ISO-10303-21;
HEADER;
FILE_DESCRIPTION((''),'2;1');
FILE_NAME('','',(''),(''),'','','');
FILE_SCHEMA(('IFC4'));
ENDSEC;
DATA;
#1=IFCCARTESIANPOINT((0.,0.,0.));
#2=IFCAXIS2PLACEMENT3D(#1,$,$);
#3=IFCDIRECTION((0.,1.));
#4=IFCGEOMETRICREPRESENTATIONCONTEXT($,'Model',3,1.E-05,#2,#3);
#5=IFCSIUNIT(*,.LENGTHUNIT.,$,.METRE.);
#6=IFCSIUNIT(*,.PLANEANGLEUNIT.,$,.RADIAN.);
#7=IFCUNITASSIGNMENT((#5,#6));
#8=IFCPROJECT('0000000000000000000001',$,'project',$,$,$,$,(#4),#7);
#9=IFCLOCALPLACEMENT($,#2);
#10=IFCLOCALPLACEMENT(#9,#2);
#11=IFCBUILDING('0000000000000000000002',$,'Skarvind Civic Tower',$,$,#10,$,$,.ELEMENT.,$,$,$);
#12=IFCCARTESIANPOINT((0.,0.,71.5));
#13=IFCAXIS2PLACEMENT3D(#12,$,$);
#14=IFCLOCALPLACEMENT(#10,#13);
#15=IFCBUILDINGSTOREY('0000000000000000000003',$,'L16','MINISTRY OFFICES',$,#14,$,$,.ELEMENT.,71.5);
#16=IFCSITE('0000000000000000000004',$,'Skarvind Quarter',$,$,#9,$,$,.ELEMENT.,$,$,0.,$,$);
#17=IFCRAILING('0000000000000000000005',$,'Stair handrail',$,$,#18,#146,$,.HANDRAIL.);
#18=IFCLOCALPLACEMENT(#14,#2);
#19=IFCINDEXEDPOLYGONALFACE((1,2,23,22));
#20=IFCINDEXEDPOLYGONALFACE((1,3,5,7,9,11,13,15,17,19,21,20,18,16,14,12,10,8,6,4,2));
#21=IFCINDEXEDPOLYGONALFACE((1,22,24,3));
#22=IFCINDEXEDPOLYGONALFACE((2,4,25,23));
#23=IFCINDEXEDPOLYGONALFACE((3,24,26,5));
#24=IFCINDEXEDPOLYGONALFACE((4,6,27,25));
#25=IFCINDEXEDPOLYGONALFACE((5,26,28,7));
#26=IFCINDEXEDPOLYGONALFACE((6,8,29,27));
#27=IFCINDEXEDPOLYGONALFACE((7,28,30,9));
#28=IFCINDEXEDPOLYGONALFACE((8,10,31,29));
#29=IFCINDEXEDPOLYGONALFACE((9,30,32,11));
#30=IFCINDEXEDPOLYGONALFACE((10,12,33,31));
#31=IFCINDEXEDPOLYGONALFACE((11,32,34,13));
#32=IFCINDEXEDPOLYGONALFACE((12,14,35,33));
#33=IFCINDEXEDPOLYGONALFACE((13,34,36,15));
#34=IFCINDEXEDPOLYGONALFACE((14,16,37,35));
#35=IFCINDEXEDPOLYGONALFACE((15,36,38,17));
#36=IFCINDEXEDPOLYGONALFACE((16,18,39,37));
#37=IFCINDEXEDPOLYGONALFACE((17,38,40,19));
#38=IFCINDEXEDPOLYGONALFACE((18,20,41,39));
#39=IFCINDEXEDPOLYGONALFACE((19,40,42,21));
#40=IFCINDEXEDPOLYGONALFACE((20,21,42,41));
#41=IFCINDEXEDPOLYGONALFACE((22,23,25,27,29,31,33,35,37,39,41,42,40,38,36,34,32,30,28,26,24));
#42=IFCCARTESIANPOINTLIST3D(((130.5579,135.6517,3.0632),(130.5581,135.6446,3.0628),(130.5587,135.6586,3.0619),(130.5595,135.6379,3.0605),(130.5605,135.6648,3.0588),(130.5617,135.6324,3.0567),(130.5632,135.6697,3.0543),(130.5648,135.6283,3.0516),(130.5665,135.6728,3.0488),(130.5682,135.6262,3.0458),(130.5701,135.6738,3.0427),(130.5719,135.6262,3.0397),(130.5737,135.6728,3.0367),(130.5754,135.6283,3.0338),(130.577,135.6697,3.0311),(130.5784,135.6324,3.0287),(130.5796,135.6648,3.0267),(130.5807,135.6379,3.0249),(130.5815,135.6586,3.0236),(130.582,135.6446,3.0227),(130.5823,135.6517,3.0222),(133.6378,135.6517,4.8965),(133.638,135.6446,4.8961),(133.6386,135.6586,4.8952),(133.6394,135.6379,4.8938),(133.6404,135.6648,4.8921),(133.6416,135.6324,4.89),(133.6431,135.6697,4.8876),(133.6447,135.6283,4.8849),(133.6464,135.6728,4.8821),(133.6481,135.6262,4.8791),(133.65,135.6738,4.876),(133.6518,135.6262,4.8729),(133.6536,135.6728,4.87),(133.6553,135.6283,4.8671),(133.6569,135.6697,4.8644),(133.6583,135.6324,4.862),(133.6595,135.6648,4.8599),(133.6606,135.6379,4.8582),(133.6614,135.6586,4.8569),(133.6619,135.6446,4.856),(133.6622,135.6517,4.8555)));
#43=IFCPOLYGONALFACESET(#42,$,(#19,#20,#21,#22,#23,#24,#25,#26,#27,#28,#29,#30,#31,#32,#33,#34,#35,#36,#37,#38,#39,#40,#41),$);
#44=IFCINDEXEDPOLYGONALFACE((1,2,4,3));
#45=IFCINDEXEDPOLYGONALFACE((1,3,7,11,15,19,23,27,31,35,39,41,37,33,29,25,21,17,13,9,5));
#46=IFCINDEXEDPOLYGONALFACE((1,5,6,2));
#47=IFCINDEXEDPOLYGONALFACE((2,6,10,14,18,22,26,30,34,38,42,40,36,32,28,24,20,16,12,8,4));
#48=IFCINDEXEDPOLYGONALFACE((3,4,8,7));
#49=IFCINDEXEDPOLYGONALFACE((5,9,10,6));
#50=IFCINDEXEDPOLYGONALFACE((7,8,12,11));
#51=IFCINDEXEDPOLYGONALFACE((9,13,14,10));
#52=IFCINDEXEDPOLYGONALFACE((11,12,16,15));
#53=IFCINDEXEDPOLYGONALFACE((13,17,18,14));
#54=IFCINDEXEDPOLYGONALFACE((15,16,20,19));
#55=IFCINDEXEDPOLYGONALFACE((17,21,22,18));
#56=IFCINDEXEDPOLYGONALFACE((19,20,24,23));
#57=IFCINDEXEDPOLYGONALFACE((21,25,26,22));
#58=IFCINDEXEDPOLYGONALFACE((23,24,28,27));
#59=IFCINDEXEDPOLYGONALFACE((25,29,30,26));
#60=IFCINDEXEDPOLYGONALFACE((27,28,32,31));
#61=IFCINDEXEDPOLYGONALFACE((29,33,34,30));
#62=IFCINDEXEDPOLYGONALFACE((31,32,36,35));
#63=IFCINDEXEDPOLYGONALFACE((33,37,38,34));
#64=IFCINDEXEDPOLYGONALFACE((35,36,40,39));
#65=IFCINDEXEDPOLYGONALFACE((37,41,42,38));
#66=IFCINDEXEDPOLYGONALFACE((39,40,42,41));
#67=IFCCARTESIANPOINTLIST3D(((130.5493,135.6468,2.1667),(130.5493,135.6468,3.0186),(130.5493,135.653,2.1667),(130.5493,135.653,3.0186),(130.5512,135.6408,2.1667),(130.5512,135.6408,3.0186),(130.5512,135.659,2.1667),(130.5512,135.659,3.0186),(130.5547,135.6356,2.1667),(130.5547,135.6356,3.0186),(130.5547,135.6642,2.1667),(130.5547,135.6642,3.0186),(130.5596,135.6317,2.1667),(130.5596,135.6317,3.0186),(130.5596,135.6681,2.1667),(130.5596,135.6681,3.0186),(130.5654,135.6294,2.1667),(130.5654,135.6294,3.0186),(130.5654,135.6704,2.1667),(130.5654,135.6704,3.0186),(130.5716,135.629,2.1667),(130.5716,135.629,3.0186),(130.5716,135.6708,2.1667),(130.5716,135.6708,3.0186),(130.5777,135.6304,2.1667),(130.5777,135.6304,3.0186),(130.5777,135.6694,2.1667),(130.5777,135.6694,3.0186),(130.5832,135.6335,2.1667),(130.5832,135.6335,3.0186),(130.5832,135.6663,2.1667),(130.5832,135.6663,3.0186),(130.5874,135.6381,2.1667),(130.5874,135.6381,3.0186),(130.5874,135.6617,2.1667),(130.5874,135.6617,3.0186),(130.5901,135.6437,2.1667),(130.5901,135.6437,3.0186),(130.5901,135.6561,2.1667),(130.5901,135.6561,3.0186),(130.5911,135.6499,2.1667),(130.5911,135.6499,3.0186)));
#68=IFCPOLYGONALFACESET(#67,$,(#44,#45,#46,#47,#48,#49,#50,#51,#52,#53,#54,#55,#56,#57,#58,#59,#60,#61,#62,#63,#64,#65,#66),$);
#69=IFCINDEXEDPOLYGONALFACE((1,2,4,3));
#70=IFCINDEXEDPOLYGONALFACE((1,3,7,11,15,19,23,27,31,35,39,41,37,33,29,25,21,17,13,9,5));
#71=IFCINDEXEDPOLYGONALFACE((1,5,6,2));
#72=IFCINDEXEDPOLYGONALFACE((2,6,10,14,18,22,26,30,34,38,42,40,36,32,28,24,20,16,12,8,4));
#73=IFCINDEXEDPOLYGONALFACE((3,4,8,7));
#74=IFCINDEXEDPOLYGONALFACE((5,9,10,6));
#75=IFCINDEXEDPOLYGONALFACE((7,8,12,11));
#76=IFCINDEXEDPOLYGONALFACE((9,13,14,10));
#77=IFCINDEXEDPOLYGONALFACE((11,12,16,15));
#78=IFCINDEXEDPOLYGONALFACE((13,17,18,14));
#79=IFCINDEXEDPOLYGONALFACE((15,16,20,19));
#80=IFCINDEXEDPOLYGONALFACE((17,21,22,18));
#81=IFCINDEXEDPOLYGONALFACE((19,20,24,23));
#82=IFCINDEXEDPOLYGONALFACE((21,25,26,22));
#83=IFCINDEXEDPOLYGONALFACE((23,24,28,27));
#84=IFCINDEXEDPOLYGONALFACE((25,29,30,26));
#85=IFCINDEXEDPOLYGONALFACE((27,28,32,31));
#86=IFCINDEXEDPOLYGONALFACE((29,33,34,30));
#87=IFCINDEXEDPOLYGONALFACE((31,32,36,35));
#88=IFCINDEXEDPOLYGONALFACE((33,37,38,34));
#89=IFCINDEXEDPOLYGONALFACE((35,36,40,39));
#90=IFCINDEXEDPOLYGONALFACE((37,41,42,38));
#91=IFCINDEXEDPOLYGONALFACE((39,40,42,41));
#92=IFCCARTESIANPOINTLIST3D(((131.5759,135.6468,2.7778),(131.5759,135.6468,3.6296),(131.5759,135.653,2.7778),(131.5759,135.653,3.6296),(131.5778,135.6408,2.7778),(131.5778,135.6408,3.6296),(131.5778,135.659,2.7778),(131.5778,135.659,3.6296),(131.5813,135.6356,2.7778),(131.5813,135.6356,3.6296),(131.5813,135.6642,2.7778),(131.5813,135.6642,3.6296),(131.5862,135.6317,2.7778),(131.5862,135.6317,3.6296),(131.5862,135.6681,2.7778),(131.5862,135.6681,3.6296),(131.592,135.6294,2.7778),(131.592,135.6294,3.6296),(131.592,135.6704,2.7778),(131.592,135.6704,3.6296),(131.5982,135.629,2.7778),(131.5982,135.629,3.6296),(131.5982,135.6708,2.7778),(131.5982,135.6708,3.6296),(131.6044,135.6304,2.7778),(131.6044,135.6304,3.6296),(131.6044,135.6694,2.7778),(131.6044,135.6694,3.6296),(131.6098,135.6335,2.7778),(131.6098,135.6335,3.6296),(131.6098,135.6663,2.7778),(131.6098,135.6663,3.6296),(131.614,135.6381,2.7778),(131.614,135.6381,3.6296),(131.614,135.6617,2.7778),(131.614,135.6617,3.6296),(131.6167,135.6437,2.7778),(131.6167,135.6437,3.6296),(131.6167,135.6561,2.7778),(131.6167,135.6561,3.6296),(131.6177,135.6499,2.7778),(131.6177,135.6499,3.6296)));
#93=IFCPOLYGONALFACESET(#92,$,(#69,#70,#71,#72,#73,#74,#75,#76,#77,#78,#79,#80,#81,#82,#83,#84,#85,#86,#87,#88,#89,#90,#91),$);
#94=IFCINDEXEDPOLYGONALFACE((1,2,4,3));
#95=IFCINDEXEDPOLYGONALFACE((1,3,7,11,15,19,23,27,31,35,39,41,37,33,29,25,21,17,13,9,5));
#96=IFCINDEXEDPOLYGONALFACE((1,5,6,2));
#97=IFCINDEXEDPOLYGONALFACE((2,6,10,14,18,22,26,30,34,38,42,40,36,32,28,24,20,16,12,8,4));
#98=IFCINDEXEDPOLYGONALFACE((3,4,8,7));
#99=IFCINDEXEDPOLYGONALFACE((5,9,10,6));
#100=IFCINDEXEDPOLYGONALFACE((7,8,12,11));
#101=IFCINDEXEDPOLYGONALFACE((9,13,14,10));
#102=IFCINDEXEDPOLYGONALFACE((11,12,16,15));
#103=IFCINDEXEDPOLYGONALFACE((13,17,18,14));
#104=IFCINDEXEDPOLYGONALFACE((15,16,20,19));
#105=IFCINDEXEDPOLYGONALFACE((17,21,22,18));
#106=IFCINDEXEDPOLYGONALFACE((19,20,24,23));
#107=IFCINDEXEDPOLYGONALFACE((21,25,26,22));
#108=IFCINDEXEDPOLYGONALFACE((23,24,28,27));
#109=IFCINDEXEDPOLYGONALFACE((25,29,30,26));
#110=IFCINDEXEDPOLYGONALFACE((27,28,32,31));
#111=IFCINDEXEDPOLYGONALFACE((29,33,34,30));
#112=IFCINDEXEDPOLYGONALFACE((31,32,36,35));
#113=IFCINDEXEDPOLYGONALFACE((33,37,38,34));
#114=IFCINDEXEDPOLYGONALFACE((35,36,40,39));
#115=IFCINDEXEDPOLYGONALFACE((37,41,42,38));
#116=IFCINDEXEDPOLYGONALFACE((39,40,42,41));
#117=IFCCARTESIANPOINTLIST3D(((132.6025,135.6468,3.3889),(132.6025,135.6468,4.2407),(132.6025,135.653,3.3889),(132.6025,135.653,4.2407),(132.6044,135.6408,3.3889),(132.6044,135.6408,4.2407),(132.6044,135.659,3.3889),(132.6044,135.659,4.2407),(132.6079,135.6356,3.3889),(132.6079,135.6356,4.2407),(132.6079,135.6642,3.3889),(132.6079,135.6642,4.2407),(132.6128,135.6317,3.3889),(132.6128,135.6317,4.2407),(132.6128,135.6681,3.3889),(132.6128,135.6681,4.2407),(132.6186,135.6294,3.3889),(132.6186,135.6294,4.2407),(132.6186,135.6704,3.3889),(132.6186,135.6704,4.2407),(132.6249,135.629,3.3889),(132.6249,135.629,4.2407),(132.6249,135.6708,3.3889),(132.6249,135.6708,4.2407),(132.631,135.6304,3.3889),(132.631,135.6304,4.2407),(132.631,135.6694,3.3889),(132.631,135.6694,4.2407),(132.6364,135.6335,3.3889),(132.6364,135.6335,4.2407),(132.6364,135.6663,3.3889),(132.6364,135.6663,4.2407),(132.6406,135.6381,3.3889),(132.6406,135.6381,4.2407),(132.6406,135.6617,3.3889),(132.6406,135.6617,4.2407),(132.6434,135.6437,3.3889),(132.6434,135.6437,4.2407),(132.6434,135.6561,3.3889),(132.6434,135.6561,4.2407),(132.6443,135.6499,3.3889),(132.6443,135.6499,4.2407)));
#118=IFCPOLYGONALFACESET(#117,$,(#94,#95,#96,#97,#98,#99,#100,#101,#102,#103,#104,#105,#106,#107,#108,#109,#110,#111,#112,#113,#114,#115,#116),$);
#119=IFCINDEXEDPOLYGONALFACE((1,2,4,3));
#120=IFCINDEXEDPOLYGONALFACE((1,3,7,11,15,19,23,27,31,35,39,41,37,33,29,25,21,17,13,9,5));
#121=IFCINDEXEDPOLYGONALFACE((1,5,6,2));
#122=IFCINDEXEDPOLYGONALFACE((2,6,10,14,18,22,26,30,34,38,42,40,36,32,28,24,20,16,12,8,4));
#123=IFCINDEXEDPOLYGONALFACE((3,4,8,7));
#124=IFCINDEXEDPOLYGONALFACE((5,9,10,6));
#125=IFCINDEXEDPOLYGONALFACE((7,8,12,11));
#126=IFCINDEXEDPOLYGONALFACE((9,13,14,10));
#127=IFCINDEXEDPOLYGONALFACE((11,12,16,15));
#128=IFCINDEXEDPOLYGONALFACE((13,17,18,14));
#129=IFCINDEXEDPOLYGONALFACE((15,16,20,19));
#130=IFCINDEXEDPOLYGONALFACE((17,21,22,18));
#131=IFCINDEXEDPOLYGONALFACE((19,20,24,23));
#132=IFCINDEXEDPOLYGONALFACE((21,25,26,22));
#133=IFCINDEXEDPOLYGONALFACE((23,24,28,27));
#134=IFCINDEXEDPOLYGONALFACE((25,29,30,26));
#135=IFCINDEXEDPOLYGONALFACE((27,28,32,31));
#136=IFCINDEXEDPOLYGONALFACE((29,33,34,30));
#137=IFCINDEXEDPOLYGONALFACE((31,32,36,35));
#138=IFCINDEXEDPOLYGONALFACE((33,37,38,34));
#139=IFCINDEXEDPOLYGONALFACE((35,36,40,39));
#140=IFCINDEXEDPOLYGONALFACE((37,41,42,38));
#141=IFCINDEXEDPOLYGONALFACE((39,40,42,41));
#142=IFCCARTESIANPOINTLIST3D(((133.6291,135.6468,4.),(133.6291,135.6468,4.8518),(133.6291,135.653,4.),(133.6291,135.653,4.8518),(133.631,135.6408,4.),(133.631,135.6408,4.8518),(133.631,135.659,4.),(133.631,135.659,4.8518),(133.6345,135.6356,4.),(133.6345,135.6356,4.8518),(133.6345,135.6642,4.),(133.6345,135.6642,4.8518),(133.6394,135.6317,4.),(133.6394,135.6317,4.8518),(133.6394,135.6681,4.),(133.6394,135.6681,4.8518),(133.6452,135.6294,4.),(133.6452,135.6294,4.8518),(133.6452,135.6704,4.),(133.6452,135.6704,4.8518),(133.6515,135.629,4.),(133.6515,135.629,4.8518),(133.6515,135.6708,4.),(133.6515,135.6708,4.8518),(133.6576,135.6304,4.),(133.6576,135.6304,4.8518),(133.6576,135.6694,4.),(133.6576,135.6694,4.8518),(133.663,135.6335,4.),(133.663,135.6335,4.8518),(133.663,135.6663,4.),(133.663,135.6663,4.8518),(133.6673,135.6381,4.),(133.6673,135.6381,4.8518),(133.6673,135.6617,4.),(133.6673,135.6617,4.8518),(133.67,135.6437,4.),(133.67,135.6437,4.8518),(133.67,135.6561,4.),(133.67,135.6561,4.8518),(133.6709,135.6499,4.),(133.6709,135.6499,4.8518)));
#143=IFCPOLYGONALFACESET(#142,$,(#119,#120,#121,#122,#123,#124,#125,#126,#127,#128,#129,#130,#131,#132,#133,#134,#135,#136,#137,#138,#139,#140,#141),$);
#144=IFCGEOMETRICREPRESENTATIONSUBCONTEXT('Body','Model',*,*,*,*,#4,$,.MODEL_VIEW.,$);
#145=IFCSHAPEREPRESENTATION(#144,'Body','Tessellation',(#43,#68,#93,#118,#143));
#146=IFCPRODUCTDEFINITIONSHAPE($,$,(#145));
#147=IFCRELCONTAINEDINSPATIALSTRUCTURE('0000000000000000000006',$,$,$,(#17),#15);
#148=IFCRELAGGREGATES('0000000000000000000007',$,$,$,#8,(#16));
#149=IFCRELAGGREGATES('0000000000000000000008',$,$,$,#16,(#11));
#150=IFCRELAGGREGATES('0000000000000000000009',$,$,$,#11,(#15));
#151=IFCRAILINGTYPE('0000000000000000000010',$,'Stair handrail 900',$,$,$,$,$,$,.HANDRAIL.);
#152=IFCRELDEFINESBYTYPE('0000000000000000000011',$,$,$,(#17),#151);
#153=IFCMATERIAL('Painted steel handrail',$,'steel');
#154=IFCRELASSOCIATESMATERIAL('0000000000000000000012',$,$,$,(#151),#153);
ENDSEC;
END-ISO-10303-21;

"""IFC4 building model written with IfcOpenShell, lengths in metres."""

from ifc_helpers import new_model, si_unit, direction, frame, origin, origin_2d, place, context, subcontext, project, spatial, circle, extrude, material, type_object, element, save


model = new_model("IFC4")

# Units and contexts
model_context = context("Model", 3, precision=1e-05, world=origin(), true_north=direction((0.0, 1.0)))
body_context = subcontext(model_context, "Body", "Model", "MODEL_VIEW")
ifc_project = project(units=[si_unit("LENGTHUNIT", "METRE"), si_unit("PLANEANGLEUNIT", "RADIAN")], contexts=[model_context])

# Site, building, storey
site_placement = place(None, origin())
site = spatial("IfcSite", under=ifc_project, at=site_placement, Name="Skarvind Quarter", CompositionType="ELEMENT", RefElevation=0.0)
building_placement = place(site_placement, origin())
building = spatial("IfcBuilding", under=site, at=building_placement, Name="Skarvind Civic Tower", CompositionType="ELEMENT")
storey_placement = place(building_placement, frame((0.0, 0.0, 71.5)))
storey = spatial("IfcBuildingStorey", under=building, at=storey_placement, Name="L16", Description="MINISTRY OFFICES", CompositionType="ELEMENT", Elevation=71.5)

# Railing
ifc_material_1 = material(Name="Painted steel handrail", Category="steel")
railing_type = type_object("IfcRailingType", Name="Stair handrail 900", PredefinedType="HANDRAIL", material=ifc_material_1)
railing_1_placement = place(storey_placement, frame((130.5701, 135.6499, 2.1667)))
element("IfcRailing", 1, at=railing_1_placement, inside=storey, type_object=railing_type, Name="Stair handrail", PredefinedType="HANDRAIL", context=body_context, shape_type="SweptSolid", body=[
    extrude(circle(Radius=0.0239, at=origin_2d()), frame((0.0, 0.0, 0.876), z_axis=(0.859291, 0.0, 0.511487), x_axis=(0.0, 1.0, 0.0)), (0.0, 0.0, 1.0), 3.5842),
    extrude(circle(Radius=0.021, at=origin_2d()), origin(), (0.0, 0.0, 1.0), 0.8518),
    extrude(circle(Radius=0.021, at=origin_2d()), frame((1.0266, 0.0, 0.6111)), (0.0, 0.0, 1.0), 0.8518),
    extrude(circle(Radius=0.021, at=origin_2d()), frame((2.0532, 0.0, 1.2222)), (0.0, 0.0, 1.0), 0.8518),
    extrude(circle(Radius=0.021, at=origin_2d()), frame((3.0798, 0.0, 1.8333)), (0.0, 0.0, 1.0), 0.8518),
])

save(model, "model.ifc")
